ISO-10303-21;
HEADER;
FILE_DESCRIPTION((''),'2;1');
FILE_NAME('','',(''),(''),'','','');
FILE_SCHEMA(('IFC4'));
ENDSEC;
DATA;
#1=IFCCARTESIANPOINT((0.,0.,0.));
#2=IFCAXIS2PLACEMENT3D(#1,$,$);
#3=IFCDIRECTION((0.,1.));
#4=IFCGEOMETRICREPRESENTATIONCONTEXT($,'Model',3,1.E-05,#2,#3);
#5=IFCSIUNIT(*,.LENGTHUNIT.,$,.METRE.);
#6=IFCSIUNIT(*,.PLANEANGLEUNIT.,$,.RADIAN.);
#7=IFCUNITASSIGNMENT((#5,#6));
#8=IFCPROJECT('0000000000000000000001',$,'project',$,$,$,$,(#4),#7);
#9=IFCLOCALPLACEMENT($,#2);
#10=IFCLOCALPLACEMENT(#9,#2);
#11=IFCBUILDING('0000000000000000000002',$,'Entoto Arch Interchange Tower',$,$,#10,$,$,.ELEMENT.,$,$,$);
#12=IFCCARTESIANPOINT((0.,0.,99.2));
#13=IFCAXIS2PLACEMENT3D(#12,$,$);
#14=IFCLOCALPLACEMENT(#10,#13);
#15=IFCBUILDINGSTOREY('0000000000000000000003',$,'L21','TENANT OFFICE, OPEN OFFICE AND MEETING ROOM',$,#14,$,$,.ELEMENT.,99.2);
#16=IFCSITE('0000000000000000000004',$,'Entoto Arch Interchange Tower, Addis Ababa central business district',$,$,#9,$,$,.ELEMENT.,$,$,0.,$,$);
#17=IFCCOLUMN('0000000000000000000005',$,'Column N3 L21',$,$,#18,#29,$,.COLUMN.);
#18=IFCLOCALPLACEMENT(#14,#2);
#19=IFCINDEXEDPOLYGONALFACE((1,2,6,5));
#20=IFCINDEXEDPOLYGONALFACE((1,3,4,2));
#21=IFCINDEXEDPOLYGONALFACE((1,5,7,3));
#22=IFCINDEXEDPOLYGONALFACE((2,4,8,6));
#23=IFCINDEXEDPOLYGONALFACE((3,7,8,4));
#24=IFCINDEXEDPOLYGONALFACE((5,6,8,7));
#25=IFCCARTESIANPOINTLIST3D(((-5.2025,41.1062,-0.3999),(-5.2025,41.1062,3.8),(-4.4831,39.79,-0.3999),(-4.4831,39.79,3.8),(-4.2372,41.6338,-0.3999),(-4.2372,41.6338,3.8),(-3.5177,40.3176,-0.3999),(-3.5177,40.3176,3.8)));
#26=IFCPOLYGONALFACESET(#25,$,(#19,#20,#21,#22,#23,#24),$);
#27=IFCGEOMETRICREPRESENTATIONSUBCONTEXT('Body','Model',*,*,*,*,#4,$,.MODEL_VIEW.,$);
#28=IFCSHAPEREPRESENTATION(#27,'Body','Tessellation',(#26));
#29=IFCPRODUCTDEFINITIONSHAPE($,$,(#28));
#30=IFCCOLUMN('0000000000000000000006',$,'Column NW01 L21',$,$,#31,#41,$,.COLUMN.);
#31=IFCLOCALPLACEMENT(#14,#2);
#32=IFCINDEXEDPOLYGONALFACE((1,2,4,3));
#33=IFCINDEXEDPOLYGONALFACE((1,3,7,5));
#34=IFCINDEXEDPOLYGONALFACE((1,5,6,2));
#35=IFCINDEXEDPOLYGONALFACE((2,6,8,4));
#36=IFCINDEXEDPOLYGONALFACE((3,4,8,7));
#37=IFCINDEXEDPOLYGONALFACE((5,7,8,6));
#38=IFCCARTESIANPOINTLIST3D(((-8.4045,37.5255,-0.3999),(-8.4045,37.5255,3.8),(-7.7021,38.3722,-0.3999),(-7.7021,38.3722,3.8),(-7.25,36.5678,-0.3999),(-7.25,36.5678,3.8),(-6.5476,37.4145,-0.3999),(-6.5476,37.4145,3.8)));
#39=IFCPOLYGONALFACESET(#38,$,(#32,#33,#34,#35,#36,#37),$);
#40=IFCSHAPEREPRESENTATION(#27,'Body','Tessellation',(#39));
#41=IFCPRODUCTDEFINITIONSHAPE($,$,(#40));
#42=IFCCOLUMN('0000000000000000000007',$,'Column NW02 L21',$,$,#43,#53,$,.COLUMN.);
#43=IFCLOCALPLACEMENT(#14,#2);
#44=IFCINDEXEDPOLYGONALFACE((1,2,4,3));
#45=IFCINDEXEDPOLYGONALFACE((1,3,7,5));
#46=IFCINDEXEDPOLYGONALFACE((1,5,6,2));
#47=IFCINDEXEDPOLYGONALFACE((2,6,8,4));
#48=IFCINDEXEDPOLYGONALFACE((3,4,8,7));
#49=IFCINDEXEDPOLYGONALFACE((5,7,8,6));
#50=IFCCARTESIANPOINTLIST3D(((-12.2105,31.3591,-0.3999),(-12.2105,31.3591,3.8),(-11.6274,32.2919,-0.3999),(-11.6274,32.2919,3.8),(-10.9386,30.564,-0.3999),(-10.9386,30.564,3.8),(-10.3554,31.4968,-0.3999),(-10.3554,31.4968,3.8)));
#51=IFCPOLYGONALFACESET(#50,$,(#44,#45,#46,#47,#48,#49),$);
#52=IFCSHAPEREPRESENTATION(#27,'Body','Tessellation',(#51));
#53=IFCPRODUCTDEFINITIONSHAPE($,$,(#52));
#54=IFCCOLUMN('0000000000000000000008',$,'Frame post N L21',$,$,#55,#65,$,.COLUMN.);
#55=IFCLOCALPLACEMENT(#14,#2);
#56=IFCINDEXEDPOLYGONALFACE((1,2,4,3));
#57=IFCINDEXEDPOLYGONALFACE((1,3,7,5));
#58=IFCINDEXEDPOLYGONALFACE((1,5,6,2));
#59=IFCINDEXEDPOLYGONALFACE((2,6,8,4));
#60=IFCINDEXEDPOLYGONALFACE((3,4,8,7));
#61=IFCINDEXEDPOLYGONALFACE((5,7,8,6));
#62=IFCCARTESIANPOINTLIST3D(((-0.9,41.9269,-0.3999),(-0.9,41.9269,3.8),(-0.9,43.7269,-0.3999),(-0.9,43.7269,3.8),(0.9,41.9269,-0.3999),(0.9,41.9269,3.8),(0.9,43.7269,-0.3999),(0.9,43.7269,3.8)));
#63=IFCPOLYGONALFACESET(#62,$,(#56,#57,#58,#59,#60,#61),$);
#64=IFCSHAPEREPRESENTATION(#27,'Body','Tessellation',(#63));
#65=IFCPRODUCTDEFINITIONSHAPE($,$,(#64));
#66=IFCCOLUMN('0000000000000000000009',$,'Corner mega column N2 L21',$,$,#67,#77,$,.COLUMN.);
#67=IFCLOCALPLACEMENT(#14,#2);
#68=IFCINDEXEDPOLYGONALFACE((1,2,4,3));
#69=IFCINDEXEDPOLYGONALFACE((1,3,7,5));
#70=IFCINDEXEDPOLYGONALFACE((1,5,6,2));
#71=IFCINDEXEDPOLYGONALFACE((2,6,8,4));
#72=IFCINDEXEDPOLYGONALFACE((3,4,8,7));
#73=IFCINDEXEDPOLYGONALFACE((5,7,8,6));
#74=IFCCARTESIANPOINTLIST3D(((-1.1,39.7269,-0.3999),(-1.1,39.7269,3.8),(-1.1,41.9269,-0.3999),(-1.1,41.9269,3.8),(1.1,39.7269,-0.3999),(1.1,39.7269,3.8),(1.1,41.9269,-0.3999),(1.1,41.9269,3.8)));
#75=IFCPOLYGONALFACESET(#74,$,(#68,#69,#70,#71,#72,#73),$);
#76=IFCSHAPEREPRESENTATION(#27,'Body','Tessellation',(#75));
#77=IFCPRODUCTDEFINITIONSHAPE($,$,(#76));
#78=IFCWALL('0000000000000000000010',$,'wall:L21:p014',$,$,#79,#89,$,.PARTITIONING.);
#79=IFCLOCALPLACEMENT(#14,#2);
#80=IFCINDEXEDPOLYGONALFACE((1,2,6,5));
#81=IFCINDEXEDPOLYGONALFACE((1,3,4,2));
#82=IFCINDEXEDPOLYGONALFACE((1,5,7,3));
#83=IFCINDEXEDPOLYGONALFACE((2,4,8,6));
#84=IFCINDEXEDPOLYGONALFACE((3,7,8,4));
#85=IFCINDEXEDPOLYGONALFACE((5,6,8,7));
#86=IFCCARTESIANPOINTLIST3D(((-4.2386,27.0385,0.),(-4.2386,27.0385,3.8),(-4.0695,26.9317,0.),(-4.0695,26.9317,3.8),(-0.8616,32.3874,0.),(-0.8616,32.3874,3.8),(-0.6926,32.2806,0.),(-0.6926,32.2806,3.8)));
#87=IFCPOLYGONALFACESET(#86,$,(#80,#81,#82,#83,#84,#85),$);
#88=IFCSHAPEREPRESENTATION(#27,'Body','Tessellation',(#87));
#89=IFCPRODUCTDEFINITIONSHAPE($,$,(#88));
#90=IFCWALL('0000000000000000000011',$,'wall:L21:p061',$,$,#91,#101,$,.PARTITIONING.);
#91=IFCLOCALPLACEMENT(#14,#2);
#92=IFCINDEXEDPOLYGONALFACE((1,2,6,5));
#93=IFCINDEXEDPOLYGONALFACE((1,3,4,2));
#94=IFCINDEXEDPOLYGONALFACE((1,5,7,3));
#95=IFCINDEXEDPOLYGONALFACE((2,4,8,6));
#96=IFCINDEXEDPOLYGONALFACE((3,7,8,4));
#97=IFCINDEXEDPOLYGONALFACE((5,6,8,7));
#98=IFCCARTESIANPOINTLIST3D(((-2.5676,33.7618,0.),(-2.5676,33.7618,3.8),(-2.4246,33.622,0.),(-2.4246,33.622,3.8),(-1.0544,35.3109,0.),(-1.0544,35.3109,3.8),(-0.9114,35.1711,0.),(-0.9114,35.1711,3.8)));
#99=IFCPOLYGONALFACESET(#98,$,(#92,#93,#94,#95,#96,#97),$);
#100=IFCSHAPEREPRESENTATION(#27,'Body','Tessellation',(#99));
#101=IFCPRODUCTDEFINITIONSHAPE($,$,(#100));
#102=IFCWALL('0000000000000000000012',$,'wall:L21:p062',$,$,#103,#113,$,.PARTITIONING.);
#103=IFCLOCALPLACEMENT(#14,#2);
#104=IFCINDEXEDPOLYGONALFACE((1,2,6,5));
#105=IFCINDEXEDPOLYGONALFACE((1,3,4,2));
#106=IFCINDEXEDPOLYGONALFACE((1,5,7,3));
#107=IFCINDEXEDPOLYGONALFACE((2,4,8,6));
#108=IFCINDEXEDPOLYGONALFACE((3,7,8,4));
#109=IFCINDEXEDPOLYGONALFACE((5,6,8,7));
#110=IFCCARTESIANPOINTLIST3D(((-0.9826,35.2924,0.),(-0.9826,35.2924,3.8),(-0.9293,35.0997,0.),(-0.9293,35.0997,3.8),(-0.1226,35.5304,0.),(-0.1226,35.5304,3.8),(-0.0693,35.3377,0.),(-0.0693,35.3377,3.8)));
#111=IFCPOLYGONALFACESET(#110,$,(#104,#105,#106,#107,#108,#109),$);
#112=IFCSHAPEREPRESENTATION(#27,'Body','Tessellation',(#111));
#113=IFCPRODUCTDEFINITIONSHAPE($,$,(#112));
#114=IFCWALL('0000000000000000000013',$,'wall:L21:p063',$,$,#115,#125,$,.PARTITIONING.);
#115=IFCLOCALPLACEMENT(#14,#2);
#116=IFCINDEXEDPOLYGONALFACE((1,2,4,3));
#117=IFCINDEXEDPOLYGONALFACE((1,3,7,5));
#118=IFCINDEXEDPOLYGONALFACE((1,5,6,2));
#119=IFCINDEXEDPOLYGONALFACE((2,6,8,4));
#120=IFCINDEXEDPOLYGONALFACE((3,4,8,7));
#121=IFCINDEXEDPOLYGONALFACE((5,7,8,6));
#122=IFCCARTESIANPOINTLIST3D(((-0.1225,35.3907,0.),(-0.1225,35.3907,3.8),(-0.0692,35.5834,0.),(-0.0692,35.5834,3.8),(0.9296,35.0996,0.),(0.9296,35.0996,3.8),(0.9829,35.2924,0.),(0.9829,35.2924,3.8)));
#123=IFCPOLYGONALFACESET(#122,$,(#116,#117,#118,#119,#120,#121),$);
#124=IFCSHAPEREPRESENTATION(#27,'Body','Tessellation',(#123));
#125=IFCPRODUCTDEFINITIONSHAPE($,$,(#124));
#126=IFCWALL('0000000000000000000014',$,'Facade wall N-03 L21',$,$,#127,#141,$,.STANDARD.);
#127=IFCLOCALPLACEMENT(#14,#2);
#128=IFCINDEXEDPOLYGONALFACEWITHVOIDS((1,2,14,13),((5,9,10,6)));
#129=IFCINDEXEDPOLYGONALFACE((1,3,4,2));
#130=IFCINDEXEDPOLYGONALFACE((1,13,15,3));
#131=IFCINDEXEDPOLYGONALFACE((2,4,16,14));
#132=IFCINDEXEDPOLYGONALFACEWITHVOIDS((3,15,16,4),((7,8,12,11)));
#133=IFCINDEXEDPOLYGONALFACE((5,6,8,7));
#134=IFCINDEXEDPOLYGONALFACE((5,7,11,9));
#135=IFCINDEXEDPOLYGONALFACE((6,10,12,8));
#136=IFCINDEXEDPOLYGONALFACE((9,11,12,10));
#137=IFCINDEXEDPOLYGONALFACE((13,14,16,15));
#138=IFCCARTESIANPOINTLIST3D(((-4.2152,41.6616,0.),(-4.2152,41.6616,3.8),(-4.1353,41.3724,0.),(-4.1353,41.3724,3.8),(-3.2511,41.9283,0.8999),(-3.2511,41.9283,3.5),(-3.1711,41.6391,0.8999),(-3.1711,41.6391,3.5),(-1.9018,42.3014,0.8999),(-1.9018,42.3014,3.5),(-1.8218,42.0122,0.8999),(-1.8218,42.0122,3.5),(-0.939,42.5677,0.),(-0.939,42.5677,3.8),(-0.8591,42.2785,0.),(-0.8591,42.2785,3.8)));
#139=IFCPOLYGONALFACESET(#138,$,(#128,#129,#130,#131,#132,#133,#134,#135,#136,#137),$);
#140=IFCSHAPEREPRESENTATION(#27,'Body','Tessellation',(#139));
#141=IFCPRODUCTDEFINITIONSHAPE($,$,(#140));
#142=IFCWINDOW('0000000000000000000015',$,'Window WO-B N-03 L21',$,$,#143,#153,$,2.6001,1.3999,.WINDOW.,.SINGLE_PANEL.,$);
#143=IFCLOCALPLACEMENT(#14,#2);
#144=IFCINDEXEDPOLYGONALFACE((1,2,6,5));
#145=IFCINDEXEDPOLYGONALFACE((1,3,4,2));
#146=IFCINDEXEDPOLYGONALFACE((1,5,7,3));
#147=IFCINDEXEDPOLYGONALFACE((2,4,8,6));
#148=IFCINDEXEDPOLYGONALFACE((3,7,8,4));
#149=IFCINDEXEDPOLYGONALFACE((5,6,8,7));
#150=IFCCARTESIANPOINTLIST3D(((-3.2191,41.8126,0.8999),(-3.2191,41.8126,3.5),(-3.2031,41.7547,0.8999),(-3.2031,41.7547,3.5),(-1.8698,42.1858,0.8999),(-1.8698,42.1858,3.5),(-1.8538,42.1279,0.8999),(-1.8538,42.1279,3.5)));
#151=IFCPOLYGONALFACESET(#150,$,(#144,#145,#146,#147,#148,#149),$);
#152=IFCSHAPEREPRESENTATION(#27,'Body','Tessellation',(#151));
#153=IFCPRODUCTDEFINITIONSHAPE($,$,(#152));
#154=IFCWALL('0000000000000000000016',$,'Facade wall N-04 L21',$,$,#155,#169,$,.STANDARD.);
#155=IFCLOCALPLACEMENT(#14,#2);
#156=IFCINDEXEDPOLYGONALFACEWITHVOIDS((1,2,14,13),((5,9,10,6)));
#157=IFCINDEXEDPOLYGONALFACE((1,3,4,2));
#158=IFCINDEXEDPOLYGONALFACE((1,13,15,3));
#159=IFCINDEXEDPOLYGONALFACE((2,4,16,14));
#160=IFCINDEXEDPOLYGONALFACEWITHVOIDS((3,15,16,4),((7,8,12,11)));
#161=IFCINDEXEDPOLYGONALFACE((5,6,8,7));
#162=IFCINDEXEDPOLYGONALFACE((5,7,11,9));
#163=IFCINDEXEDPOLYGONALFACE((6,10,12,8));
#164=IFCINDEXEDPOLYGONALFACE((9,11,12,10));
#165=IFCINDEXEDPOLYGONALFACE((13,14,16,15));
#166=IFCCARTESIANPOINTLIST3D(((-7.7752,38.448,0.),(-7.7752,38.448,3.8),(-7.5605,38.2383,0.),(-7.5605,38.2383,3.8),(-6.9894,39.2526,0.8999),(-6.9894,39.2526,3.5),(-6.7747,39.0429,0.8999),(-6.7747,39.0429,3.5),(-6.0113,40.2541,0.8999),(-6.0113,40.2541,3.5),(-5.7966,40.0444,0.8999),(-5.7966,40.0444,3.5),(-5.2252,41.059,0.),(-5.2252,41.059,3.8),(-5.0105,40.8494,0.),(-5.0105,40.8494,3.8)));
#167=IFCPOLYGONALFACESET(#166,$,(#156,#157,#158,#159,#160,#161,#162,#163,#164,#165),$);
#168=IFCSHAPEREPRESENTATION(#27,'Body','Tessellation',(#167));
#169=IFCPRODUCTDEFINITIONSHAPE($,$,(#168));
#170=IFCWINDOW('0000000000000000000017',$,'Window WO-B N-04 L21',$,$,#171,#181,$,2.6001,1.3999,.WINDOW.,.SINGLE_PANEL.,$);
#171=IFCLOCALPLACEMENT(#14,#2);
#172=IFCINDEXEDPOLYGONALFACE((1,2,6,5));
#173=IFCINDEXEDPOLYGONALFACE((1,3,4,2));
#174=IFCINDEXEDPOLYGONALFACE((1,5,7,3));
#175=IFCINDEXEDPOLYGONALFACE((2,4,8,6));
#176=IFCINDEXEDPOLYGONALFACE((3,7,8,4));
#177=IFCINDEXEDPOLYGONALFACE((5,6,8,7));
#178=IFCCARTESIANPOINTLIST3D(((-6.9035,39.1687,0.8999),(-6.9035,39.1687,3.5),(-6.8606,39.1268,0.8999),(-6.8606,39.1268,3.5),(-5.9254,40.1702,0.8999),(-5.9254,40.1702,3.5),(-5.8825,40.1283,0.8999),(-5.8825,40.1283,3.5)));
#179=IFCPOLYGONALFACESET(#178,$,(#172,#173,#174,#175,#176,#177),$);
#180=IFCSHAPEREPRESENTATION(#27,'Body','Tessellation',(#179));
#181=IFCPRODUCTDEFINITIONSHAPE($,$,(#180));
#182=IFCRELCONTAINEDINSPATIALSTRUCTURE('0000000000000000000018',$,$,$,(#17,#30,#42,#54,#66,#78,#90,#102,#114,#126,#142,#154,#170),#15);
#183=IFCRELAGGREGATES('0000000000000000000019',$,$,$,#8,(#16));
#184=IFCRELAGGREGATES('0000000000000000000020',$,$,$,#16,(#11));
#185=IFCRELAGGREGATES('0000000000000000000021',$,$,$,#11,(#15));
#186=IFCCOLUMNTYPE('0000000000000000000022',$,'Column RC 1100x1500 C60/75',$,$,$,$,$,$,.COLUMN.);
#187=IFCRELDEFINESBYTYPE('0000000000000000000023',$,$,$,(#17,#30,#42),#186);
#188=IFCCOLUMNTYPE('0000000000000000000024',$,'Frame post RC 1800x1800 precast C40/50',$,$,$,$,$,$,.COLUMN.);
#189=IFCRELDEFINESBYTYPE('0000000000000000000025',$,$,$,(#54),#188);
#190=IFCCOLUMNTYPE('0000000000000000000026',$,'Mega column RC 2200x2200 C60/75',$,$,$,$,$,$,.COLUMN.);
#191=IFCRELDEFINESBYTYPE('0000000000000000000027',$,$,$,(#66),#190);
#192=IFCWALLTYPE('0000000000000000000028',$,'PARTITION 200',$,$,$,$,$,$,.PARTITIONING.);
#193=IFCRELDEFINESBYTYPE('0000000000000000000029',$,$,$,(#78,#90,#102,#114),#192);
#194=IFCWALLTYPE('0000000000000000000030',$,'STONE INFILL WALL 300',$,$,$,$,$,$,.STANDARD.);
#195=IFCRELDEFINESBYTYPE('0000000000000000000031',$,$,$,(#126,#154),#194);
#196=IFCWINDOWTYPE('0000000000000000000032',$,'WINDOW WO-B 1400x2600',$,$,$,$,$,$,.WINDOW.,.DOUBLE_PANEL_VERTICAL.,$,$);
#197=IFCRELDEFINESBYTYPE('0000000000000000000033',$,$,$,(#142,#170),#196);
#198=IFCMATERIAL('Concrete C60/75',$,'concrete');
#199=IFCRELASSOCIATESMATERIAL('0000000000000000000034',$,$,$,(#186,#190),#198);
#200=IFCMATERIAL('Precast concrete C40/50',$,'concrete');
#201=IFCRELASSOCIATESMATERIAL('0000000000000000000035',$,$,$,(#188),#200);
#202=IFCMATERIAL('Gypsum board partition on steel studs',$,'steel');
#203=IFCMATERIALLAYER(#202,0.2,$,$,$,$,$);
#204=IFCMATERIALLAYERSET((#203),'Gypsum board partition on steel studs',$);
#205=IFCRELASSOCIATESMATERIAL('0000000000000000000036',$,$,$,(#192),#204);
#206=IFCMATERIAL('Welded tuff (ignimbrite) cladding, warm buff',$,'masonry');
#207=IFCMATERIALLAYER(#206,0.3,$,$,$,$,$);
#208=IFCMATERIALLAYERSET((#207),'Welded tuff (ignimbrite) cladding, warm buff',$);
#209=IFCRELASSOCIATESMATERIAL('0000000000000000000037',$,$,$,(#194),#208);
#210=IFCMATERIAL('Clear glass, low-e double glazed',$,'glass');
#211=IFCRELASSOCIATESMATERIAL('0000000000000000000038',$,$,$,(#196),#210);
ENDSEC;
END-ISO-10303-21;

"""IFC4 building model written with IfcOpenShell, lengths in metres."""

from ifc_helpers import new_model, si_unit, direction, frame, frame_2d, origin, origin_2d, place, context, subcontext, project, spatial, rectangle, extrude, material, layer, layer_set, material_profile, profile_set, type_object, element, fill, save


model = new_model("IFC4")

# Units and contexts
model_context = context("Model", 3, precision=1e-05, world=origin(), true_north=direction((0.0, 1.0)))
body_context = subcontext(model_context, "Body", "Model", "MODEL_VIEW")
ifc_project = project(units=[si_unit("LENGTHUNIT", "METRE"), si_unit("PLANEANGLEUNIT", "RADIAN")], contexts=[model_context])

# Site, building, storey
site_placement = place(None, origin())
site = spatial("IfcSite", under=ifc_project, at=site_placement, Name="Entoto Arch Interchange Tower, Addis Ababa central business district", CompositionType="ELEMENT", RefElevation=0.0)
building_placement = place(site_placement, origin())
building = spatial("IfcBuilding", under=site, at=building_placement, Name="Entoto Arch Interchange Tower", CompositionType="ELEMENT")
storey_placement = place(building_placement, frame((0.0, 0.0, 99.2)))
storey = spatial("IfcBuildingStorey", under=building, at=storey_placement, Name="L21", Description="TENANT OFFICE, OPEN OFFICE AND MEETING ROOM", CompositionType="ELEMENT", Elevation=99.2)

# Columns
ifc_material_1 = material(Name="Concrete C60/75", Category="concrete")
ifc_material_profile_1 = material_profile(ifc_material_1, rectangle(XDim=1.1001, YDim=1.5, at=origin_2d()))
ifc_profile_set_1 = profile_set([ifc_material_profile_1], Name="Concrete C60/75")
column_type_1 = type_object("IfcColumnType", Name="Column RC 1100x1500 C60/75", PredefinedType="COLUMN", material=ifc_profile_set_1)
for number, where, z_axis, x_axis, name in (
    (1, (-4.3601, 40.7119, -0.3999), (0.0, 0.0, 1.0), (0.877481, 0.479611, 0.0), "Column N3 L21"),
    (2, (-7.4761, 37.47, -0.3999), (0.0, 0.0, 1.0), (0.638459, 0.769656, 0.0), "Column NW01 L21"),
    (3, (-11.283, 31.428, -0.3999), (0.0, 0.0, 1.0), (0.530067, 0.847956, 0.0), "Column NW02 L21"),
):
    element("IfcColumn", number, at=place(storey_placement, frame(where, z_axis=z_axis, x_axis=x_axis)), inside=storey, type_object=column_type_1, Name=name, PredefinedType="COLUMN", context=body_context, shape_type="SweptSolid", body=[
        extrude(rectangle(XDim=1.1001, YDim=1.5, at=origin_2d()), origin(), (0.0, 0.0, 1.0), 4.2),
    ])
ifc_material_2 = material(Name="Precast concrete C40/50", Category="concrete")
ifc_material_profile_2 = material_profile(ifc_material_2, rectangle(XDim=1.8, YDim=1.8, at=origin_2d()))
ifc_profile_set_2 = profile_set([ifc_material_profile_2], Name="Precast concrete C40/50")
column_type_2 = type_object("IfcColumnType", Name="Frame post RC 1800x1800 precast C40/50", PredefinedType="COLUMN", material=ifc_profile_set_2)
column_1_placement = place(storey_placement, frame((0.0, 42.8269, -0.3999), z_axis=(0.0, 0.0, 1.0), x_axis=(0.0, 1.0, 0.0)))
element("IfcColumn", 4, at=column_1_placement, inside=storey, type_object=column_type_2, Name="Frame post N L21", PredefinedType="COLUMN", context=body_context, shape_type="SweptSolid", body=[
    extrude(rectangle(XDim=1.8, YDim=1.8, at=origin_2d()), origin(), (0.0, 0.0, 1.0), 4.2),
])
ifc_material_profile_3 = material_profile(ifc_material_1, rectangle(XDim=2.2, YDim=2.2, at=origin_2d()))
ifc_profile_set_3 = profile_set([ifc_material_profile_3], Name="Concrete C60/75")
column_type_3 = type_object("IfcColumnType", Name="Mega column RC 2200x2200 C60/75", PredefinedType="COLUMN", material=ifc_profile_set_3)
column_2_placement = place(storey_placement, frame((0.0, 40.8269, -0.3999), z_axis=(0.0, 0.0, 1.0), x_axis=(0.0, 1.0, 0.0)))
element("IfcColumn", 5, at=column_2_placement, inside=storey, type_object=column_type_3, Name="Corner mega column N2 L21", PredefinedType="COLUMN", context=body_context, shape_type="SweptSolid", body=[
    extrude(rectangle(XDim=2.2, YDim=2.2, at=origin_2d()), origin(), (0.0, 0.0, 1.0), 4.2),
])

# Walls
ifc_material_3 = material(Name="Gypsum board partition on steel studs", Category="steel")
ifc_layer_1 = layer(ifc_material_3, 0.2)
ifc_layer_set_1 = layer_set([ifc_layer_1], Name="Gypsum board partition on steel studs")
wall_type_1 = type_object("IfcWallType", Name="PARTITION 200", PredefinedType="PARTITIONING", material=ifc_layer_set_1)
wall_1_placement = place(storey_placement, frame((-0.7771, 32.334, 0.0), z_axis=(0.0, 0.0, 1.0), x_axis=(-0.533848, -0.845581, 0.0)))
element("IfcWall", 6, at=wall_1_placement, inside=storey, type_object=wall_type_1, Name="wall:L21:p014", PredefinedType="PARTITIONING", context=body_context, shape_type="SweptSolid", body=[
    extrude(rectangle(XDim=6.3257, YDim=0.2, at=frame_2d((3.1628, 0.0))), origin(), (0.0, 0.0, 1.0), 3.8),
])
wall_2_placement = place(storey_placement, frame((-2.4961, 33.6919, 0.0), z_axis=(0.0, 0.0, 1.0), x_axis=(0.698772, 0.715345, 0.0)))
element("IfcWall", 7, at=wall_2_placement, inside=storey, type_object=wall_type_1, Name="wall:L21:p061", PredefinedType="PARTITIONING", context=body_context, shape_type="SweptSolid", body=[
    extrude(rectangle(XDim=2.1655, YDim=0.2, at=frame_2d((1.0828, 0.0))), origin(), (0.0, 0.0, 1.0), 3.8),
])
wall_3_placement = place(storey_placement, frame((-0.9561, 35.196, 0.0), z_axis=(0.0, 0.0, 1.0), x_axis=(0.963772, 0.266727, 0.0)))
element("IfcWall", 8, at=wall_3_placement, inside=storey, type_object=wall_type_1, Name="wall:L21:p062", PredefinedType="PARTITIONING", context=body_context, shape_type="SweptSolid", body=[
    extrude(rectangle(XDim=0.8923, YDim=0.2, at=frame_2d((0.4463, 0.0))), origin(), (0.0, 0.0, 1.0), 3.8),
])
wall_4_placement = place(storey_placement, frame((-0.0959, 35.4871, 0.0), z_axis=(0.0, 0.0, 1.0), x_axis=(0.963803, -0.266617, 0.0)))
element("IfcWall", 9, at=wall_4_placement, inside=storey, type_object=wall_type_1, Name="wall:L21:p063", PredefinedType="PARTITIONING", context=body_context, shape_type="SweptSolid", body=[
    extrude(rectangle(XDim=1.0916, YDim=0.2, at=frame_2d((0.5459, 0.0))), origin(), (0.0, 0.0, 1.0), 3.8),
])

# Walls, openings, windows
ifc_material_4 = material(Name="Welded tuff (ignimbrite) cladding, warm buff", Category="masonry")
ifc_layer_2 = layer(ifc_material_4, 0.3)
ifc_layer_set_2 = layer_set([ifc_layer_2], Name="Welded tuff (ignimbrite) cladding, warm buff")
wall_type_2 = type_object("IfcWallType", Name="STONE INFILL WALL 300", PredefinedType="STANDARD", material=ifc_layer_set_2)
wall_5_placement = place(storey_placement, frame((-0.8989, 42.4231, 0.0), z_axis=(0.0, 0.0, 1.0), x_axis=(-0.963823, -0.266543, 0.0)))
wall_5 = element("IfcWall", 10, at=wall_5_placement, inside=storey, type_object=wall_type_2, Name="Facade wall N-03 L21", PredefinedType="STANDARD", context=body_context, shape_type="SweptSolid", body=[
    extrude(rectangle(XDim=3.3992, YDim=0.3, at=frame_2d((1.6997, 0.0))), origin(), (0.0, 0.0, 1.0), 3.8),
])
opening_1_placement = place(wall_5_placement, frame((0.999, 0.0, 0.8999)))
opening_1 = element("IfcOpeningElement", 11, at=opening_1_placement, cuts=wall_5, PredefinedType="OPENING", context=body_context, shape_type="SweptSolid", body=[
    extrude(rectangle(XDim=1.3999, YDim=2.6001, at=frame_2d((0.7, 1.3))), frame((0.0, 0.1602, 0.0), z_axis=(0.0, -1.0, 0.0), x_axis=(1.0, 0.0, 0.0)), (0.0, 0.0, 1.0), 0.3201),
])
ifc_material_5 = material(Name="Clear glass, low-e double glazed", Category="glass")
window_type_1 = type_object("IfcWindowType", Name="WINDOW WO-B 1400x2600", PartitioningType="DOUBLE_PANEL_VERTICAL", PredefinedType="WINDOW", material=ifc_material_5)
window_1_placement = place(opening_1_placement, origin())
window_1 = element("IfcWindow", 12, at=window_1_placement, inside=storey, type_object=window_type_1, Name="Window WO-B N-03 L21", OverallHeight=2.6001, OverallWidth=1.3999, PartitioningType="SINGLE_PANEL", PredefinedType="WINDOW", context=body_context, shape_type="SweptSolid", body=[
    extrude(rectangle(XDim=1.3999, YDim=2.6001, at=frame_2d((0.7, 1.3))), frame((0.0, 0.03, 0.0), z_axis=(0.0, -1.0, 0.0), x_axis=(1.0, 0.0, 0.0)), (0.0, 0.0, 1.0), 0.0601),
])
fill(opening_1, window_1)
wall_6_placement = place(storey_placement, frame((-5.1179, 40.9541, 0.0), z_axis=(0.0, 0.0, 1.0), x_axis=(-0.698696, -0.715419, 0.0)))
wall_6 = element("IfcWall", 13, at=wall_6_placement, inside=storey, type_object=wall_type_2, Name="Facade wall N-04 L21", PredefinedType="STANDARD", context=body_context, shape_type="SweptSolid", body=[
    extrude(rectangle(XDim=3.6497, YDim=0.3, at=frame_2d((1.8247, 0.0))), origin(), (0.0, 0.0, 1.0), 3.8),
])
opening_2_placement = place(wall_6_placement, frame((1.125, 0.0, 0.8999)))
opening_2 = element("IfcOpeningElement", 14, at=opening_2_placement, cuts=wall_6, PredefinedType="OPENING", context=body_context, shape_type="SweptSolid", body=[
    extrude(rectangle(XDim=1.3999, YDim=2.6001, at=frame_2d((0.7, 1.3))), frame((0.0, 0.1602, 0.0), z_axis=(0.0, -1.0, 0.0), x_axis=(1.0, 0.0, 0.0)), (0.0, 0.0, 1.0), 0.3201),
])
window_2_placement = place(opening_2_placement, origin())
window_2 = element("IfcWindow", 15, at=window_2_placement, inside=storey, type_object=window_type_1, Name="Window WO-B N-04 L21", OverallHeight=2.6001, OverallWidth=1.3999, PartitioningType="SINGLE_PANEL", PredefinedType="WINDOW", context=body_context, shape_type="SweptSolid", body=[
    extrude(rectangle(XDim=1.3999, YDim=2.6001, at=frame_2d((0.7, 1.3))), frame((0.0, 0.03, 0.0), z_axis=(0.0, -1.0, 0.0), x_axis=(1.0, 0.0, 0.0)), (0.0, 0.0, 1.0), 0.0601),
])
fill(opening_2, window_2)

save(model, "model.ifc")
